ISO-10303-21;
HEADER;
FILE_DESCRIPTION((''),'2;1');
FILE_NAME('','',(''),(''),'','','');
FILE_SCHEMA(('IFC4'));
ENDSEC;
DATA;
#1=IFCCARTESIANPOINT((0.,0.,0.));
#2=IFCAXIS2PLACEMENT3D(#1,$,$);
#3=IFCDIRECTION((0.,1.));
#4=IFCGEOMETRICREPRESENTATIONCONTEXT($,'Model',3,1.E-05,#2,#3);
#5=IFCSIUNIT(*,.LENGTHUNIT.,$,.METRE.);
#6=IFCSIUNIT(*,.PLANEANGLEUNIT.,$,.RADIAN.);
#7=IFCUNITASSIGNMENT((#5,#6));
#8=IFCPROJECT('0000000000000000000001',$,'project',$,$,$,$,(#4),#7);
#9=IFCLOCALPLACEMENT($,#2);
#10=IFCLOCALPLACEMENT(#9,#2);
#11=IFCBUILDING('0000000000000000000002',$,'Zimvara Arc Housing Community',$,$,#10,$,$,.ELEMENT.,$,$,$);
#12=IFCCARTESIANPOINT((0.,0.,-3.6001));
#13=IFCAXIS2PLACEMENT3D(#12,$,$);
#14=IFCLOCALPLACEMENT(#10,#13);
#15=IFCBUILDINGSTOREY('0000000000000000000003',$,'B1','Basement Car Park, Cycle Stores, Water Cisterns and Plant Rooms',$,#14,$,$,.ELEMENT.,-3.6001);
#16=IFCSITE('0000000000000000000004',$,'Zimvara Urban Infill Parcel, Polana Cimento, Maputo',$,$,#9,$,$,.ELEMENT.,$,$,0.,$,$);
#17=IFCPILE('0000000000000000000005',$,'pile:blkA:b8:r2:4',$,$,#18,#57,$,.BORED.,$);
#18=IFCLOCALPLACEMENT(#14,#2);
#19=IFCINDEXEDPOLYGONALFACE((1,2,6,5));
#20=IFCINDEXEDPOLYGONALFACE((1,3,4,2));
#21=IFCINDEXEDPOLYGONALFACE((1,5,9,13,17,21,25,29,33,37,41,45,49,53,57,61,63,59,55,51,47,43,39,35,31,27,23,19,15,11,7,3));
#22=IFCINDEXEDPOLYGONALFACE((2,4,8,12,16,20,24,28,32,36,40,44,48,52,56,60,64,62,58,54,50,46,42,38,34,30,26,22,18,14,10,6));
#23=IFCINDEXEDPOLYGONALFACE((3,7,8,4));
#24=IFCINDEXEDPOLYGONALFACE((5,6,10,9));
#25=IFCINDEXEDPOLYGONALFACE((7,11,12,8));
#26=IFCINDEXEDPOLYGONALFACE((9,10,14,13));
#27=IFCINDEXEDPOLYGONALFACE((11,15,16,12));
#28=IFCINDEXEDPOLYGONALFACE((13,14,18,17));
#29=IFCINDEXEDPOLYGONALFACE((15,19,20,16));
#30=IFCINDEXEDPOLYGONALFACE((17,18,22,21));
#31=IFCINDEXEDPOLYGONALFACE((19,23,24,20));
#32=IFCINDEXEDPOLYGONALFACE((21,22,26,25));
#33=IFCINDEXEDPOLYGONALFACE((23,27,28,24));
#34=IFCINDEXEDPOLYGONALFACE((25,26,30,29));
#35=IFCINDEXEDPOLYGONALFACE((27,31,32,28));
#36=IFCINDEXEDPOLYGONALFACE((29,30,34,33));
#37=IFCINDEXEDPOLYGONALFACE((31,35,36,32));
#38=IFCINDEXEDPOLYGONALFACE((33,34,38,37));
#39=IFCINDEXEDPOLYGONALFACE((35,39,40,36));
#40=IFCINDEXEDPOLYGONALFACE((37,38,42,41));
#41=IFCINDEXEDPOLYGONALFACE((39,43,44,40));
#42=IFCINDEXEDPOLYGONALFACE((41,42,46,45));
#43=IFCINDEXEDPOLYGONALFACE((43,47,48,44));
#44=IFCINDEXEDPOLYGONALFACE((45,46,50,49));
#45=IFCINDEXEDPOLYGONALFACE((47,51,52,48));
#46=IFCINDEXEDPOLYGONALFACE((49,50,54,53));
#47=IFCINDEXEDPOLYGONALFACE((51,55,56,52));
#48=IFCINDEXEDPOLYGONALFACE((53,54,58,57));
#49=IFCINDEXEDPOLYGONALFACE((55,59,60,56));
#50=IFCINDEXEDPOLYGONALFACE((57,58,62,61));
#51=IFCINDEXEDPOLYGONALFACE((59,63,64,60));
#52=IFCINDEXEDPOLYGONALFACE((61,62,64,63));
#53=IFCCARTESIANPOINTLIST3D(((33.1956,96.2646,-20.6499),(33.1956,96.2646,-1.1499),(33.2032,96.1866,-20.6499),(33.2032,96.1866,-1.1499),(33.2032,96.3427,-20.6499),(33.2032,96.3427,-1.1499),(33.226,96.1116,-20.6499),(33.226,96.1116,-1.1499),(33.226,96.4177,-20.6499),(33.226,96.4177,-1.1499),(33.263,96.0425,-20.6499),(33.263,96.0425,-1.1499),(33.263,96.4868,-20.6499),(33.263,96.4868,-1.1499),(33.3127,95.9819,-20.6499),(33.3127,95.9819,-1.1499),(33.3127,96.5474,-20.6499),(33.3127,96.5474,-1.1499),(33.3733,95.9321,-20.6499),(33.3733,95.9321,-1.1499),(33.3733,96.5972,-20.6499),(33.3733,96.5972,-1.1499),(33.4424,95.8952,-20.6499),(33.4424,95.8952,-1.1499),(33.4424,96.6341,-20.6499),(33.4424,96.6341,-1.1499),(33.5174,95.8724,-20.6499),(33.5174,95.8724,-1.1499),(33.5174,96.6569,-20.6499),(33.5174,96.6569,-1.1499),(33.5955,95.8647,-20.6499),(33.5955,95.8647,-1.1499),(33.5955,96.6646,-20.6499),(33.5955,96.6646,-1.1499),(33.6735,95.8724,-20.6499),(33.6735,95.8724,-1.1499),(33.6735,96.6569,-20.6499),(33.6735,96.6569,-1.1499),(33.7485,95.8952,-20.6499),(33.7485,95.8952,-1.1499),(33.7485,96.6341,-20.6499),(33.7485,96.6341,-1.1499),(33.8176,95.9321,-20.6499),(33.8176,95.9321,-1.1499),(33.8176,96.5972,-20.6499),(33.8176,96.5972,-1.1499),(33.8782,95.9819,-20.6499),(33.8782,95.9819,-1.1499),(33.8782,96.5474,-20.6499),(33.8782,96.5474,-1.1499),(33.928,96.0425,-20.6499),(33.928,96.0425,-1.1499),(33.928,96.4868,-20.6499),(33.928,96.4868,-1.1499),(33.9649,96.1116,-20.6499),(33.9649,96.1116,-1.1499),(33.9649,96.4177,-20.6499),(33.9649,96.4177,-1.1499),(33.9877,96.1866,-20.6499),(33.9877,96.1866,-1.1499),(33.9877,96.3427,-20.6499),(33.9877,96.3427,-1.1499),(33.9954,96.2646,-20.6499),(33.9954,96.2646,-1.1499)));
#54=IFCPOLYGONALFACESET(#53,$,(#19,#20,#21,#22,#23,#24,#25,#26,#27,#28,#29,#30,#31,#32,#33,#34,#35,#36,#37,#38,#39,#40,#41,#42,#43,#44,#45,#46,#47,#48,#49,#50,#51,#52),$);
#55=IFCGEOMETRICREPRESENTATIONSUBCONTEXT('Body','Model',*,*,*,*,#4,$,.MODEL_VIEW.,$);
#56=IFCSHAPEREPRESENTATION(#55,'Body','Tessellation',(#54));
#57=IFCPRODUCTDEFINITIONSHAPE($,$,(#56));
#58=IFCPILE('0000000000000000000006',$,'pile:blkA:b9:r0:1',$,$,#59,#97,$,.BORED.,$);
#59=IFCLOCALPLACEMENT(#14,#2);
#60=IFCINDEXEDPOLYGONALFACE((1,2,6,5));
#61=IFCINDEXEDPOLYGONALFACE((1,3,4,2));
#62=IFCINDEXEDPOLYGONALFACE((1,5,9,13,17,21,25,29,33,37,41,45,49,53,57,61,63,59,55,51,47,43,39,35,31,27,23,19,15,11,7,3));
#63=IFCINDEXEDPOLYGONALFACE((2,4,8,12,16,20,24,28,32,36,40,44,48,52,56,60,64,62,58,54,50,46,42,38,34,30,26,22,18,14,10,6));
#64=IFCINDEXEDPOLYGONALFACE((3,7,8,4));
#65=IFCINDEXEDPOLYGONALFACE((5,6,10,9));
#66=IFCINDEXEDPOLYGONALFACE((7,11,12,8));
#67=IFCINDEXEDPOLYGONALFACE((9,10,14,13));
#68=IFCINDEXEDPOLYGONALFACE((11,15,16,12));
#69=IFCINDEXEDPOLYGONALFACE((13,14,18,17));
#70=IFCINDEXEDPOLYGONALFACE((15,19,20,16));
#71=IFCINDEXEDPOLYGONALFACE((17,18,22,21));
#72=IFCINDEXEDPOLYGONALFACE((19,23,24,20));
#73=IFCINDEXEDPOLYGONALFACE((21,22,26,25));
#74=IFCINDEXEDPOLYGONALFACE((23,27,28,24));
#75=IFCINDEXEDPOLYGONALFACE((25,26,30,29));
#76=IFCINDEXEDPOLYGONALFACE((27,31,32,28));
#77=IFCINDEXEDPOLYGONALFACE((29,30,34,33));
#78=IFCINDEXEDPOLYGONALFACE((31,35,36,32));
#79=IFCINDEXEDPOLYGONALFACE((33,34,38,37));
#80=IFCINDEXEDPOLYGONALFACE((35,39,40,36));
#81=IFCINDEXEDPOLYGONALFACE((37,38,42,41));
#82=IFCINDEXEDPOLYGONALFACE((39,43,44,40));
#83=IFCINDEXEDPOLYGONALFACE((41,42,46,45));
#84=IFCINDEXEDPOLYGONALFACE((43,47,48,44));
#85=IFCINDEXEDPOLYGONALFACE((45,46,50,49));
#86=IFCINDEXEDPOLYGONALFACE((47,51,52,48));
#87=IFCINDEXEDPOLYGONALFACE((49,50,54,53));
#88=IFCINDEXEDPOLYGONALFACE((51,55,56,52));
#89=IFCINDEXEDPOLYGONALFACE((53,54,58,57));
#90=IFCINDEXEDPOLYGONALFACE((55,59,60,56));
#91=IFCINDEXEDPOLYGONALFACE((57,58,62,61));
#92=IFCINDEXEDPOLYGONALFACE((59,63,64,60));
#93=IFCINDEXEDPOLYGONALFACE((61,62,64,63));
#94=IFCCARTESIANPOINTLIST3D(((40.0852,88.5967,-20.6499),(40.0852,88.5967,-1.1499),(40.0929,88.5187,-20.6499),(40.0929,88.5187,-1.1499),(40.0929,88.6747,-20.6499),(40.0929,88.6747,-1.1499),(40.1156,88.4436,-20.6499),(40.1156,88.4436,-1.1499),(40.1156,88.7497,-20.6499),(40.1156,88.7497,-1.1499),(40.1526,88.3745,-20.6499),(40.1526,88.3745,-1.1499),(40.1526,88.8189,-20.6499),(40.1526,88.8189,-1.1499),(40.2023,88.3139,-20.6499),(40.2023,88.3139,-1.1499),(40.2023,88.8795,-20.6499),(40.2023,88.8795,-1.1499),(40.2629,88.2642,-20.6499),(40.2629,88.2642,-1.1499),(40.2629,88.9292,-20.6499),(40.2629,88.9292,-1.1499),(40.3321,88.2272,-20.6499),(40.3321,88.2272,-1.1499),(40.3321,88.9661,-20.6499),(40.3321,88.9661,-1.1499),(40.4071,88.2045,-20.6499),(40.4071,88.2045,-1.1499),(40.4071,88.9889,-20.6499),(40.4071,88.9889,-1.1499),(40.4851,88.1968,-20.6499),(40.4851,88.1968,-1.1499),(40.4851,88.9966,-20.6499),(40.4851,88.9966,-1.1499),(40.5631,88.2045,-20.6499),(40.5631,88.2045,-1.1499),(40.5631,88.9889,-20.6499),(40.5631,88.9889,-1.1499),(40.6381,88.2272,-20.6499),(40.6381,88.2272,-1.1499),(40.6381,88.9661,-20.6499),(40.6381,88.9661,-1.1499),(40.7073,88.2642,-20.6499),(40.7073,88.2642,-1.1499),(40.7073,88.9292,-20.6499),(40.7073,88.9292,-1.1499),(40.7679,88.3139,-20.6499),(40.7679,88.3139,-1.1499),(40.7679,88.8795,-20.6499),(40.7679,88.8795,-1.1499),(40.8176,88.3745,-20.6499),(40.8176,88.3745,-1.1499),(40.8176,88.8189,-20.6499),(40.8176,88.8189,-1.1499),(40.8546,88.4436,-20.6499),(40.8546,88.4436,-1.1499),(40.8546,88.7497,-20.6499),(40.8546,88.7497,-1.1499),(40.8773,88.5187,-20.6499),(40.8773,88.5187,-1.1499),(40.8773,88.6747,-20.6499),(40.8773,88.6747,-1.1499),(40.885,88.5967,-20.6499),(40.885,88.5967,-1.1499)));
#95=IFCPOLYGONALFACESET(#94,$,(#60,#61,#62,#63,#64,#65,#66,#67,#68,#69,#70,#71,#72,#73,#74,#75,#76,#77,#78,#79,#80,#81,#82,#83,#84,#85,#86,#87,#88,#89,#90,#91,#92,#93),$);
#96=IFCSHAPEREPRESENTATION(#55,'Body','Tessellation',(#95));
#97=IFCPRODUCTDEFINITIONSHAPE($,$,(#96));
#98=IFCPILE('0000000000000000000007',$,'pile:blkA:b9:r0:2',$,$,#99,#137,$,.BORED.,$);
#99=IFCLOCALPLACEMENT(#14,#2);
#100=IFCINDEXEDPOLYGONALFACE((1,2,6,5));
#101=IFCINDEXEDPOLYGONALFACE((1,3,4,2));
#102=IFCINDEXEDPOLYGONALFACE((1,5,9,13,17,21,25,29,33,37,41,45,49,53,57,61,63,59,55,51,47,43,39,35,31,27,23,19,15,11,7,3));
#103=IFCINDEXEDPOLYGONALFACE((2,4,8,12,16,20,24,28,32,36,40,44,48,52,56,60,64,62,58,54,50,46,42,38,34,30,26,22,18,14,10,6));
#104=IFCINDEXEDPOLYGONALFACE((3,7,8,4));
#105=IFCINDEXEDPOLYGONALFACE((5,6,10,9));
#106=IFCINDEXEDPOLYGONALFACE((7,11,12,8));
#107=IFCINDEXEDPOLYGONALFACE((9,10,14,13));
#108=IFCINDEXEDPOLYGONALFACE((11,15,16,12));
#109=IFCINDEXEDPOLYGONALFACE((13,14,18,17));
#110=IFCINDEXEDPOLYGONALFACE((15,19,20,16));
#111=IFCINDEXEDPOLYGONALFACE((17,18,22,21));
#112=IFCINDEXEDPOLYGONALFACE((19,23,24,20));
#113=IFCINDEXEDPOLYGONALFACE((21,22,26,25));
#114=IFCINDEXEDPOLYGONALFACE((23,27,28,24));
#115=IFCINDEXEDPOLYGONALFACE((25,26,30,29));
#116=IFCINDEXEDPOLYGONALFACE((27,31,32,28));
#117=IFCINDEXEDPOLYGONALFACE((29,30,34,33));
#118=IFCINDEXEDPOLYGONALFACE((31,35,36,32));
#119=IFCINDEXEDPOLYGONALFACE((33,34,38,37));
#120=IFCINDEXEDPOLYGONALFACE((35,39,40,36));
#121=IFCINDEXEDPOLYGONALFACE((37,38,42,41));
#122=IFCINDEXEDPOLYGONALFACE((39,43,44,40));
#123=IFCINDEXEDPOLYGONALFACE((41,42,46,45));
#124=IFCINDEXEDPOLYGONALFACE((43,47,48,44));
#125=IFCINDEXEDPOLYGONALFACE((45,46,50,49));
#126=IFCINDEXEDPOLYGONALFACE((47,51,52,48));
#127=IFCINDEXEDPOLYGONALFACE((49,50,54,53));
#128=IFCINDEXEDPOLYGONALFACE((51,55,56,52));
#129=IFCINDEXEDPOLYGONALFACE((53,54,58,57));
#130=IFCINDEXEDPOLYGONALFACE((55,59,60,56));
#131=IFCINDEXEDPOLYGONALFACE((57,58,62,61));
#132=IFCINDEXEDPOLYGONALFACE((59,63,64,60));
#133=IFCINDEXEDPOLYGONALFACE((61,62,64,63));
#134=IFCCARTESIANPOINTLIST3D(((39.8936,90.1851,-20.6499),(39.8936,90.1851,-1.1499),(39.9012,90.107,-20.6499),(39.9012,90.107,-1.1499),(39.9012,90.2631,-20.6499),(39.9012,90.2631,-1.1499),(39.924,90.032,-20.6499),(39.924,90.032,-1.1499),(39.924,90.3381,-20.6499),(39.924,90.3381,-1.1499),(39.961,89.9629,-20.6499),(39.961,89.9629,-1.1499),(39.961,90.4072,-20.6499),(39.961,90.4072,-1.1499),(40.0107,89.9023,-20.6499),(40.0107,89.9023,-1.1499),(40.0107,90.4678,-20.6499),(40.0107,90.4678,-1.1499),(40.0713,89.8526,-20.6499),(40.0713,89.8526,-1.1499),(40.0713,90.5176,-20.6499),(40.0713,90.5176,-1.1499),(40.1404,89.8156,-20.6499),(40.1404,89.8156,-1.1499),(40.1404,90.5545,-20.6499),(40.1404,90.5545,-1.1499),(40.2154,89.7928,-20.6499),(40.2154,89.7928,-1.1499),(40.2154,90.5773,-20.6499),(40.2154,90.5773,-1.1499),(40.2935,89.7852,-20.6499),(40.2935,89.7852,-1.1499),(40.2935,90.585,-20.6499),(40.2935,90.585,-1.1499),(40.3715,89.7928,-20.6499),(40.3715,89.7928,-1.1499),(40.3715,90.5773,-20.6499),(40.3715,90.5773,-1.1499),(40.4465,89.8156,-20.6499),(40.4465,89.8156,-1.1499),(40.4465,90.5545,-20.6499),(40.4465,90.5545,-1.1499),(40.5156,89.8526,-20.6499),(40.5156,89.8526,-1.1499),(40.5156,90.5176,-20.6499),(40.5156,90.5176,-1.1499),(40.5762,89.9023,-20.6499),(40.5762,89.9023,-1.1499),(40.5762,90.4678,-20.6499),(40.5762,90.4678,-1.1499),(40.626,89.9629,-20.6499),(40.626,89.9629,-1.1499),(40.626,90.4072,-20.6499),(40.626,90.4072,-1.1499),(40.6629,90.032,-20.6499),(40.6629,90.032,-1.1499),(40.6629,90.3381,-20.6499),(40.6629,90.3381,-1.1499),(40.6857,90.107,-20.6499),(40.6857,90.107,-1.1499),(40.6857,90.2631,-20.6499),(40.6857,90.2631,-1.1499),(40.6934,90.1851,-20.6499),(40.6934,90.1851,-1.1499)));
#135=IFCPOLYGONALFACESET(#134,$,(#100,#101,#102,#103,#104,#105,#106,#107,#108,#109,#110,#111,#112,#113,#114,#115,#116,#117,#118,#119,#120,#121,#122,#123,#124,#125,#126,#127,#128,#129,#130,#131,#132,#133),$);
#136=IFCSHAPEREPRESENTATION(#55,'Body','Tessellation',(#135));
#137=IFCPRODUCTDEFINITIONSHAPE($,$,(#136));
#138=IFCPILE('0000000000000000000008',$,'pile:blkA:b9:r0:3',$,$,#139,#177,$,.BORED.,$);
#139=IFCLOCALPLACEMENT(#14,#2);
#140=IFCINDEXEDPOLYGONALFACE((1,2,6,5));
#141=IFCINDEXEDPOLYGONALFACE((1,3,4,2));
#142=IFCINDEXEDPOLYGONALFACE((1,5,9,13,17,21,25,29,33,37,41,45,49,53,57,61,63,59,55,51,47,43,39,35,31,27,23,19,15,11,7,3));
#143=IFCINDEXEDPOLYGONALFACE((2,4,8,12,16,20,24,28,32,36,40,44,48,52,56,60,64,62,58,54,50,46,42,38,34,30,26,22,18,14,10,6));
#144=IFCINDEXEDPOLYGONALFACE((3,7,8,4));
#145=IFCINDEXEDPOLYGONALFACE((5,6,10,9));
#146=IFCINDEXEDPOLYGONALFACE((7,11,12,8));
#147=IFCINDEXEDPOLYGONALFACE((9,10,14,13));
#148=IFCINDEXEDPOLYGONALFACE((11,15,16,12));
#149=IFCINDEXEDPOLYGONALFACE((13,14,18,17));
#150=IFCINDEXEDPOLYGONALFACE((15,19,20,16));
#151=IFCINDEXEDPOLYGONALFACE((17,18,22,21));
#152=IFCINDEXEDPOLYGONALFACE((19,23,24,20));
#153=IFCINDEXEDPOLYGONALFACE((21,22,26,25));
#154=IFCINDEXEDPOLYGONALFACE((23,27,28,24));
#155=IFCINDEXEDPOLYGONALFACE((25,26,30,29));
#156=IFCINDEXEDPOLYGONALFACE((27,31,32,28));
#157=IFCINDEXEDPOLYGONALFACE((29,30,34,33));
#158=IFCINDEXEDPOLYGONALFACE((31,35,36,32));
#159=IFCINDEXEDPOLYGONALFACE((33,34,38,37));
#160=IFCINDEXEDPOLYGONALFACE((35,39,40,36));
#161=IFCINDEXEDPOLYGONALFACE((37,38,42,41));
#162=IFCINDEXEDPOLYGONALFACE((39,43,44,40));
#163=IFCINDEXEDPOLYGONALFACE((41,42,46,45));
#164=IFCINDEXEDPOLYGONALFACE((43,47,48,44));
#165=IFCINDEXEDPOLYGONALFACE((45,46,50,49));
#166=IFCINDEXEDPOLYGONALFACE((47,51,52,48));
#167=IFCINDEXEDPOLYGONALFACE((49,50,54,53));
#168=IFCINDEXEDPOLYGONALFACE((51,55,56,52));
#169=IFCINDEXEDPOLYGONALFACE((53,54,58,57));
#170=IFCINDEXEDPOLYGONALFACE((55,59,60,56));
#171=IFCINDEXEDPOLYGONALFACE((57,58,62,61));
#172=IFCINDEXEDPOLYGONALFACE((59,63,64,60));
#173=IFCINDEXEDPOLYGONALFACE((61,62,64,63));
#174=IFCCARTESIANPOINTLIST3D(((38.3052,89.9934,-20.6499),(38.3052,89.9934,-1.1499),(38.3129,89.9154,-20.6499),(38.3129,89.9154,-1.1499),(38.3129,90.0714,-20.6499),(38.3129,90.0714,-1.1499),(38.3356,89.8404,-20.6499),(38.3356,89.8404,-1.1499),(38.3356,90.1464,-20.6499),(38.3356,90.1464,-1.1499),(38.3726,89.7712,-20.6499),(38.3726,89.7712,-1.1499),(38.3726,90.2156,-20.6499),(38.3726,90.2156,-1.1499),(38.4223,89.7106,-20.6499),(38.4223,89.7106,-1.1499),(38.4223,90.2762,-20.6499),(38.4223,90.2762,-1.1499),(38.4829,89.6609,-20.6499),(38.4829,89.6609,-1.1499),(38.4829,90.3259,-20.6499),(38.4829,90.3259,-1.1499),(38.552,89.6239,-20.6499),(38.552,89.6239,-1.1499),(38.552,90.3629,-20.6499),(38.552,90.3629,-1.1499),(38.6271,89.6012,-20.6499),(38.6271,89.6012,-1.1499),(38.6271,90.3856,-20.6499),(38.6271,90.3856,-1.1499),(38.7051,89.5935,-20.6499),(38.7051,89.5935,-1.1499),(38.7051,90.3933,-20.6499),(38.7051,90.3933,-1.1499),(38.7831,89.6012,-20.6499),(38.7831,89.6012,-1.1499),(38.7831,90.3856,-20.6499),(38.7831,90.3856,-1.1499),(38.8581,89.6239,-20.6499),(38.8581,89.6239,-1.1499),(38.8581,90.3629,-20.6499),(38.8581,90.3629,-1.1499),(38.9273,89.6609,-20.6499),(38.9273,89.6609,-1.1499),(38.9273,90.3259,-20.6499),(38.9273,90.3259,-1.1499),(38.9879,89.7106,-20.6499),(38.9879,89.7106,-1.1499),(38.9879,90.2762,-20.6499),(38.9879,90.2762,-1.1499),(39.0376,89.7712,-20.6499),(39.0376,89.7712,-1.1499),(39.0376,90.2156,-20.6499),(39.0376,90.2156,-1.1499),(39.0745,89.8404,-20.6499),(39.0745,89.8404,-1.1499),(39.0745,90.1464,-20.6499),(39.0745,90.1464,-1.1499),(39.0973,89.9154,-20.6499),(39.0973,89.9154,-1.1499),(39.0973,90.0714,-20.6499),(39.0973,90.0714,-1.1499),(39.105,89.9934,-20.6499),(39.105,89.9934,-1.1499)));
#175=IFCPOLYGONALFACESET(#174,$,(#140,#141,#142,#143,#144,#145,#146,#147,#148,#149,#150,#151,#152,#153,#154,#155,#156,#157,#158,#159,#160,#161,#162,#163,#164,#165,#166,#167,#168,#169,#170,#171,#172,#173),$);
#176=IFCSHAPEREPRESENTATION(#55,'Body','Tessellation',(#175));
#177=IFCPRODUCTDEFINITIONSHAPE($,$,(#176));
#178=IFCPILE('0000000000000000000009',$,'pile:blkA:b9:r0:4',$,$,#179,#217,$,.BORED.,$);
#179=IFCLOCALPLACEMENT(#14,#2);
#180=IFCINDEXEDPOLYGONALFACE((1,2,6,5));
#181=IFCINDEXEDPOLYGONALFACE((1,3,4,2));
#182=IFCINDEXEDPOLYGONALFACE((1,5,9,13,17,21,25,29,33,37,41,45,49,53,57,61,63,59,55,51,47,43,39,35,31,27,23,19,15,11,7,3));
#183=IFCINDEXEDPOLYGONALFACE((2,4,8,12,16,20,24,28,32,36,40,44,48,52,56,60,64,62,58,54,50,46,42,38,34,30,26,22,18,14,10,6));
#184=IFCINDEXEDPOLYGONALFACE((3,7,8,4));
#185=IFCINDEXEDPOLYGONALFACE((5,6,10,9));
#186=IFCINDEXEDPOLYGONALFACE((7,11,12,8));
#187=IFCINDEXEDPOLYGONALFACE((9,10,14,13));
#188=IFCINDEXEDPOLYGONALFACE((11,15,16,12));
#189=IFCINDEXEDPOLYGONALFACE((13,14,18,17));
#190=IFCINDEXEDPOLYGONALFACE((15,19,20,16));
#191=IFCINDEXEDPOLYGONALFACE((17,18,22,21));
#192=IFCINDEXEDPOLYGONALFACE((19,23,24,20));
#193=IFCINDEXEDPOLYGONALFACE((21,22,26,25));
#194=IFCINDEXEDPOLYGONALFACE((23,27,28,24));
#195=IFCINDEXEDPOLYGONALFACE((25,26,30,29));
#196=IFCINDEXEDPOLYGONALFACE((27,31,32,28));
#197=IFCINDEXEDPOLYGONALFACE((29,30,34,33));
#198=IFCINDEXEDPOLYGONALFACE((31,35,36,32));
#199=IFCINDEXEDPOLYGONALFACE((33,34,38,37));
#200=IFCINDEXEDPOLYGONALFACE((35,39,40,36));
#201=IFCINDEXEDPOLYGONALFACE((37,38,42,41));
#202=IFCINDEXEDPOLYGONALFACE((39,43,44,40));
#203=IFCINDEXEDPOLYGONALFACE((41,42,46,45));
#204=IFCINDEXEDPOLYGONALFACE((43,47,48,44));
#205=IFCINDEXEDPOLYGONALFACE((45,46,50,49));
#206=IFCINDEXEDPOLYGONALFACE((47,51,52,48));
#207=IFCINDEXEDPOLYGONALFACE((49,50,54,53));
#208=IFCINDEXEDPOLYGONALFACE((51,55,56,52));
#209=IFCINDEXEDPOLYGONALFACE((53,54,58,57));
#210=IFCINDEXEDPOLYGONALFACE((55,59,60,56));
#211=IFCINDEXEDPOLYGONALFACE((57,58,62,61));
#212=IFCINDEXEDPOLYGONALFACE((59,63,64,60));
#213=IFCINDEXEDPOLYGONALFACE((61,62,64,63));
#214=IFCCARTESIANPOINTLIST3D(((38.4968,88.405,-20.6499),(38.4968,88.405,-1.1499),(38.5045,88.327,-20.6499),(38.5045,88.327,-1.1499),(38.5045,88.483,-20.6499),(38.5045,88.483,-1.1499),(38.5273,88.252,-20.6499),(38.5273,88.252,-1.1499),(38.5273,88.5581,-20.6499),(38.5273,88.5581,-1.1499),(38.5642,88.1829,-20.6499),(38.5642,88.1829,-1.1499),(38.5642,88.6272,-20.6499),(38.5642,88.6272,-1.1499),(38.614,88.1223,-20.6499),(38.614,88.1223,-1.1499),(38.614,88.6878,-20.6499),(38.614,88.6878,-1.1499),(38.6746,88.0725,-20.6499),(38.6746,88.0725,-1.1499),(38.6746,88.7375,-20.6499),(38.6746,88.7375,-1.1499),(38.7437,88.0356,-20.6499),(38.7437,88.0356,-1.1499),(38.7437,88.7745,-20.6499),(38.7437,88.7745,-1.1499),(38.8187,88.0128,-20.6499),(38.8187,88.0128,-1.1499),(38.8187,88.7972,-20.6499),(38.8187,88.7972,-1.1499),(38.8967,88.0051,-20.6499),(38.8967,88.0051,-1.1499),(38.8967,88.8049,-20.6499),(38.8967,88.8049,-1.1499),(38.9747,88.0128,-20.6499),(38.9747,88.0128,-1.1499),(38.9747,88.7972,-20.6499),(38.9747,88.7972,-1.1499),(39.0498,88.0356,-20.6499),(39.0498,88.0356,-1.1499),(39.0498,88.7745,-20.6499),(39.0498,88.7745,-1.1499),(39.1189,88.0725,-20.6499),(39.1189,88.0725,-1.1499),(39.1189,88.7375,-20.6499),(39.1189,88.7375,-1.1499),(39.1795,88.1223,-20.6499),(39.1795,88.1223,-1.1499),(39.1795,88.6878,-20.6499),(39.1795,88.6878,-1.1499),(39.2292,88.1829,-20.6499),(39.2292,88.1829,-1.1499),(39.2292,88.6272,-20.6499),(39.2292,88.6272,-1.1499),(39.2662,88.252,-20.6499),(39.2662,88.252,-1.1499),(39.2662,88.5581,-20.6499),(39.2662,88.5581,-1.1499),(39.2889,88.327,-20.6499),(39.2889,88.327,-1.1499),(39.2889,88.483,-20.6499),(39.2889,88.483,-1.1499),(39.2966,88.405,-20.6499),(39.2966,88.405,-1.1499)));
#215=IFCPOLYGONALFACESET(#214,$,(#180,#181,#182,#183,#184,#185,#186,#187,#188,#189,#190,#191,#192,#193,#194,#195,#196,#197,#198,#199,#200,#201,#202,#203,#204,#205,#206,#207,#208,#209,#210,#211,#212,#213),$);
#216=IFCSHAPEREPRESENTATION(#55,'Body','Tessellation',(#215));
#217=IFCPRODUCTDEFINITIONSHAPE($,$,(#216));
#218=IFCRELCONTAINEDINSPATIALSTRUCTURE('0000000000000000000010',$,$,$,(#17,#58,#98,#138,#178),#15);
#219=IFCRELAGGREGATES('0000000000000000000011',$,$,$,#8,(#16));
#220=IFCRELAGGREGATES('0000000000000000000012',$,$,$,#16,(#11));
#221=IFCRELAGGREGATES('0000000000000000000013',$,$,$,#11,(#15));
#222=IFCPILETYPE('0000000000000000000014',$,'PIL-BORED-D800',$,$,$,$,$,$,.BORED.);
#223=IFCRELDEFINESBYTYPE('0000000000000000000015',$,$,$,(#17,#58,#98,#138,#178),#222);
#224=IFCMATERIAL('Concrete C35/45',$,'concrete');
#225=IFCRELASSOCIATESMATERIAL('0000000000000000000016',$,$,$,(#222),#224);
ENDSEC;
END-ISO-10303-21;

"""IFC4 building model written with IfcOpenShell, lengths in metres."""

from ifc_helpers import new_model, si_unit, direction, frame, origin, origin_2d, place, context, subcontext, project, spatial, circle, extrude, material, material_profile, profile_set, type_object, element, save


model = new_model("IFC4")

# Units and contexts
model_context = context("Model", 3, precision=1e-05, world=origin(), true_north=direction((0.0, 1.0)))
body_context = subcontext(model_context, "Body", "Model", "MODEL_VIEW")
ifc_project = project(units=[si_unit("LENGTHUNIT", "METRE"), si_unit("PLANEANGLEUNIT", "RADIAN")], contexts=[model_context])

# Site, building, storey
site_placement = place(None, origin())
site = spatial("IfcSite", under=ifc_project, at=site_placement, Name="Zimvara Urban Infill Parcel, Polana Cimento, Maputo", CompositionType="ELEMENT", RefElevation=0.0)
building_placement = place(site_placement, origin())
building = spatial("IfcBuilding", under=site, at=building_placement, Name="Zimvara Arc Housing Community", CompositionType="ELEMENT")
storey_placement = place(building_placement, frame((0.0, 0.0, -3.6001)))
storey = spatial("IfcBuildingStorey", under=building, at=storey_placement, Name="B1", Description="Basement Car Park, Cycle Stores, Water Cisterns and Plant Rooms", CompositionType="ELEMENT", Elevation=-3.6001)

# Piles
ifc_material_1 = material(Name="Concrete C35/45", Category="concrete")
ifc_material_profile_1 = material_profile(ifc_material_1, circle(Radius=0.3999, at=origin_2d()), Name="PILE D800")
ifc_profile_set_1 = profile_set([ifc_material_profile_1], Name="Concrete C35/45")
pile_type = type_object("IfcPileType", Name="PIL-BORED-D800", PredefinedType="BORED", material=ifc_profile_set_1)
for number, where, z_axis, x_axis, name in (
    (1, (33.5955, 96.2646, -1.1499), (0.0, 0.0, -1.0), (1.0, 0.0, 0.0), "pile:blkA:b8:r2:4"),
    (2, (40.4851, 88.5967, -1.1499), (0.0, 0.0, -1.0), (1.0, 0.0, 0.0), "pile:blkA:b9:r0:1"),
    (3, (40.2935, 90.1851, -1.1499), (0.0, 0.0, -1.0), (1.0, 0.0, 0.0), "pile:blkA:b9:r0:2"),
    (4, (38.7051, 89.9934, -1.1499), (0.0, 0.0, -1.0), (1.0, 0.0, 0.0), "pile:blkA:b9:r0:3"),
    (5, (38.8967, 88.405, -1.1499), (0.0, 0.0, -1.0), (1.0, 0.0, 0.0), "pile:blkA:b9:r0:4"),
):
    element("IfcPile", number, at=place(storey_placement, frame(where, z_axis=z_axis, x_axis=x_axis)), inside=storey, type_object=pile_type, Name=name, PredefinedType="BORED", context=body_context, shape_type="SweptSolid", body=[
        extrude(circle(Radius=0.3999, at=origin_2d()), origin(), (0.0, 0.0, 1.0), 19.5),
    ])

save(model, "model.ifc")
